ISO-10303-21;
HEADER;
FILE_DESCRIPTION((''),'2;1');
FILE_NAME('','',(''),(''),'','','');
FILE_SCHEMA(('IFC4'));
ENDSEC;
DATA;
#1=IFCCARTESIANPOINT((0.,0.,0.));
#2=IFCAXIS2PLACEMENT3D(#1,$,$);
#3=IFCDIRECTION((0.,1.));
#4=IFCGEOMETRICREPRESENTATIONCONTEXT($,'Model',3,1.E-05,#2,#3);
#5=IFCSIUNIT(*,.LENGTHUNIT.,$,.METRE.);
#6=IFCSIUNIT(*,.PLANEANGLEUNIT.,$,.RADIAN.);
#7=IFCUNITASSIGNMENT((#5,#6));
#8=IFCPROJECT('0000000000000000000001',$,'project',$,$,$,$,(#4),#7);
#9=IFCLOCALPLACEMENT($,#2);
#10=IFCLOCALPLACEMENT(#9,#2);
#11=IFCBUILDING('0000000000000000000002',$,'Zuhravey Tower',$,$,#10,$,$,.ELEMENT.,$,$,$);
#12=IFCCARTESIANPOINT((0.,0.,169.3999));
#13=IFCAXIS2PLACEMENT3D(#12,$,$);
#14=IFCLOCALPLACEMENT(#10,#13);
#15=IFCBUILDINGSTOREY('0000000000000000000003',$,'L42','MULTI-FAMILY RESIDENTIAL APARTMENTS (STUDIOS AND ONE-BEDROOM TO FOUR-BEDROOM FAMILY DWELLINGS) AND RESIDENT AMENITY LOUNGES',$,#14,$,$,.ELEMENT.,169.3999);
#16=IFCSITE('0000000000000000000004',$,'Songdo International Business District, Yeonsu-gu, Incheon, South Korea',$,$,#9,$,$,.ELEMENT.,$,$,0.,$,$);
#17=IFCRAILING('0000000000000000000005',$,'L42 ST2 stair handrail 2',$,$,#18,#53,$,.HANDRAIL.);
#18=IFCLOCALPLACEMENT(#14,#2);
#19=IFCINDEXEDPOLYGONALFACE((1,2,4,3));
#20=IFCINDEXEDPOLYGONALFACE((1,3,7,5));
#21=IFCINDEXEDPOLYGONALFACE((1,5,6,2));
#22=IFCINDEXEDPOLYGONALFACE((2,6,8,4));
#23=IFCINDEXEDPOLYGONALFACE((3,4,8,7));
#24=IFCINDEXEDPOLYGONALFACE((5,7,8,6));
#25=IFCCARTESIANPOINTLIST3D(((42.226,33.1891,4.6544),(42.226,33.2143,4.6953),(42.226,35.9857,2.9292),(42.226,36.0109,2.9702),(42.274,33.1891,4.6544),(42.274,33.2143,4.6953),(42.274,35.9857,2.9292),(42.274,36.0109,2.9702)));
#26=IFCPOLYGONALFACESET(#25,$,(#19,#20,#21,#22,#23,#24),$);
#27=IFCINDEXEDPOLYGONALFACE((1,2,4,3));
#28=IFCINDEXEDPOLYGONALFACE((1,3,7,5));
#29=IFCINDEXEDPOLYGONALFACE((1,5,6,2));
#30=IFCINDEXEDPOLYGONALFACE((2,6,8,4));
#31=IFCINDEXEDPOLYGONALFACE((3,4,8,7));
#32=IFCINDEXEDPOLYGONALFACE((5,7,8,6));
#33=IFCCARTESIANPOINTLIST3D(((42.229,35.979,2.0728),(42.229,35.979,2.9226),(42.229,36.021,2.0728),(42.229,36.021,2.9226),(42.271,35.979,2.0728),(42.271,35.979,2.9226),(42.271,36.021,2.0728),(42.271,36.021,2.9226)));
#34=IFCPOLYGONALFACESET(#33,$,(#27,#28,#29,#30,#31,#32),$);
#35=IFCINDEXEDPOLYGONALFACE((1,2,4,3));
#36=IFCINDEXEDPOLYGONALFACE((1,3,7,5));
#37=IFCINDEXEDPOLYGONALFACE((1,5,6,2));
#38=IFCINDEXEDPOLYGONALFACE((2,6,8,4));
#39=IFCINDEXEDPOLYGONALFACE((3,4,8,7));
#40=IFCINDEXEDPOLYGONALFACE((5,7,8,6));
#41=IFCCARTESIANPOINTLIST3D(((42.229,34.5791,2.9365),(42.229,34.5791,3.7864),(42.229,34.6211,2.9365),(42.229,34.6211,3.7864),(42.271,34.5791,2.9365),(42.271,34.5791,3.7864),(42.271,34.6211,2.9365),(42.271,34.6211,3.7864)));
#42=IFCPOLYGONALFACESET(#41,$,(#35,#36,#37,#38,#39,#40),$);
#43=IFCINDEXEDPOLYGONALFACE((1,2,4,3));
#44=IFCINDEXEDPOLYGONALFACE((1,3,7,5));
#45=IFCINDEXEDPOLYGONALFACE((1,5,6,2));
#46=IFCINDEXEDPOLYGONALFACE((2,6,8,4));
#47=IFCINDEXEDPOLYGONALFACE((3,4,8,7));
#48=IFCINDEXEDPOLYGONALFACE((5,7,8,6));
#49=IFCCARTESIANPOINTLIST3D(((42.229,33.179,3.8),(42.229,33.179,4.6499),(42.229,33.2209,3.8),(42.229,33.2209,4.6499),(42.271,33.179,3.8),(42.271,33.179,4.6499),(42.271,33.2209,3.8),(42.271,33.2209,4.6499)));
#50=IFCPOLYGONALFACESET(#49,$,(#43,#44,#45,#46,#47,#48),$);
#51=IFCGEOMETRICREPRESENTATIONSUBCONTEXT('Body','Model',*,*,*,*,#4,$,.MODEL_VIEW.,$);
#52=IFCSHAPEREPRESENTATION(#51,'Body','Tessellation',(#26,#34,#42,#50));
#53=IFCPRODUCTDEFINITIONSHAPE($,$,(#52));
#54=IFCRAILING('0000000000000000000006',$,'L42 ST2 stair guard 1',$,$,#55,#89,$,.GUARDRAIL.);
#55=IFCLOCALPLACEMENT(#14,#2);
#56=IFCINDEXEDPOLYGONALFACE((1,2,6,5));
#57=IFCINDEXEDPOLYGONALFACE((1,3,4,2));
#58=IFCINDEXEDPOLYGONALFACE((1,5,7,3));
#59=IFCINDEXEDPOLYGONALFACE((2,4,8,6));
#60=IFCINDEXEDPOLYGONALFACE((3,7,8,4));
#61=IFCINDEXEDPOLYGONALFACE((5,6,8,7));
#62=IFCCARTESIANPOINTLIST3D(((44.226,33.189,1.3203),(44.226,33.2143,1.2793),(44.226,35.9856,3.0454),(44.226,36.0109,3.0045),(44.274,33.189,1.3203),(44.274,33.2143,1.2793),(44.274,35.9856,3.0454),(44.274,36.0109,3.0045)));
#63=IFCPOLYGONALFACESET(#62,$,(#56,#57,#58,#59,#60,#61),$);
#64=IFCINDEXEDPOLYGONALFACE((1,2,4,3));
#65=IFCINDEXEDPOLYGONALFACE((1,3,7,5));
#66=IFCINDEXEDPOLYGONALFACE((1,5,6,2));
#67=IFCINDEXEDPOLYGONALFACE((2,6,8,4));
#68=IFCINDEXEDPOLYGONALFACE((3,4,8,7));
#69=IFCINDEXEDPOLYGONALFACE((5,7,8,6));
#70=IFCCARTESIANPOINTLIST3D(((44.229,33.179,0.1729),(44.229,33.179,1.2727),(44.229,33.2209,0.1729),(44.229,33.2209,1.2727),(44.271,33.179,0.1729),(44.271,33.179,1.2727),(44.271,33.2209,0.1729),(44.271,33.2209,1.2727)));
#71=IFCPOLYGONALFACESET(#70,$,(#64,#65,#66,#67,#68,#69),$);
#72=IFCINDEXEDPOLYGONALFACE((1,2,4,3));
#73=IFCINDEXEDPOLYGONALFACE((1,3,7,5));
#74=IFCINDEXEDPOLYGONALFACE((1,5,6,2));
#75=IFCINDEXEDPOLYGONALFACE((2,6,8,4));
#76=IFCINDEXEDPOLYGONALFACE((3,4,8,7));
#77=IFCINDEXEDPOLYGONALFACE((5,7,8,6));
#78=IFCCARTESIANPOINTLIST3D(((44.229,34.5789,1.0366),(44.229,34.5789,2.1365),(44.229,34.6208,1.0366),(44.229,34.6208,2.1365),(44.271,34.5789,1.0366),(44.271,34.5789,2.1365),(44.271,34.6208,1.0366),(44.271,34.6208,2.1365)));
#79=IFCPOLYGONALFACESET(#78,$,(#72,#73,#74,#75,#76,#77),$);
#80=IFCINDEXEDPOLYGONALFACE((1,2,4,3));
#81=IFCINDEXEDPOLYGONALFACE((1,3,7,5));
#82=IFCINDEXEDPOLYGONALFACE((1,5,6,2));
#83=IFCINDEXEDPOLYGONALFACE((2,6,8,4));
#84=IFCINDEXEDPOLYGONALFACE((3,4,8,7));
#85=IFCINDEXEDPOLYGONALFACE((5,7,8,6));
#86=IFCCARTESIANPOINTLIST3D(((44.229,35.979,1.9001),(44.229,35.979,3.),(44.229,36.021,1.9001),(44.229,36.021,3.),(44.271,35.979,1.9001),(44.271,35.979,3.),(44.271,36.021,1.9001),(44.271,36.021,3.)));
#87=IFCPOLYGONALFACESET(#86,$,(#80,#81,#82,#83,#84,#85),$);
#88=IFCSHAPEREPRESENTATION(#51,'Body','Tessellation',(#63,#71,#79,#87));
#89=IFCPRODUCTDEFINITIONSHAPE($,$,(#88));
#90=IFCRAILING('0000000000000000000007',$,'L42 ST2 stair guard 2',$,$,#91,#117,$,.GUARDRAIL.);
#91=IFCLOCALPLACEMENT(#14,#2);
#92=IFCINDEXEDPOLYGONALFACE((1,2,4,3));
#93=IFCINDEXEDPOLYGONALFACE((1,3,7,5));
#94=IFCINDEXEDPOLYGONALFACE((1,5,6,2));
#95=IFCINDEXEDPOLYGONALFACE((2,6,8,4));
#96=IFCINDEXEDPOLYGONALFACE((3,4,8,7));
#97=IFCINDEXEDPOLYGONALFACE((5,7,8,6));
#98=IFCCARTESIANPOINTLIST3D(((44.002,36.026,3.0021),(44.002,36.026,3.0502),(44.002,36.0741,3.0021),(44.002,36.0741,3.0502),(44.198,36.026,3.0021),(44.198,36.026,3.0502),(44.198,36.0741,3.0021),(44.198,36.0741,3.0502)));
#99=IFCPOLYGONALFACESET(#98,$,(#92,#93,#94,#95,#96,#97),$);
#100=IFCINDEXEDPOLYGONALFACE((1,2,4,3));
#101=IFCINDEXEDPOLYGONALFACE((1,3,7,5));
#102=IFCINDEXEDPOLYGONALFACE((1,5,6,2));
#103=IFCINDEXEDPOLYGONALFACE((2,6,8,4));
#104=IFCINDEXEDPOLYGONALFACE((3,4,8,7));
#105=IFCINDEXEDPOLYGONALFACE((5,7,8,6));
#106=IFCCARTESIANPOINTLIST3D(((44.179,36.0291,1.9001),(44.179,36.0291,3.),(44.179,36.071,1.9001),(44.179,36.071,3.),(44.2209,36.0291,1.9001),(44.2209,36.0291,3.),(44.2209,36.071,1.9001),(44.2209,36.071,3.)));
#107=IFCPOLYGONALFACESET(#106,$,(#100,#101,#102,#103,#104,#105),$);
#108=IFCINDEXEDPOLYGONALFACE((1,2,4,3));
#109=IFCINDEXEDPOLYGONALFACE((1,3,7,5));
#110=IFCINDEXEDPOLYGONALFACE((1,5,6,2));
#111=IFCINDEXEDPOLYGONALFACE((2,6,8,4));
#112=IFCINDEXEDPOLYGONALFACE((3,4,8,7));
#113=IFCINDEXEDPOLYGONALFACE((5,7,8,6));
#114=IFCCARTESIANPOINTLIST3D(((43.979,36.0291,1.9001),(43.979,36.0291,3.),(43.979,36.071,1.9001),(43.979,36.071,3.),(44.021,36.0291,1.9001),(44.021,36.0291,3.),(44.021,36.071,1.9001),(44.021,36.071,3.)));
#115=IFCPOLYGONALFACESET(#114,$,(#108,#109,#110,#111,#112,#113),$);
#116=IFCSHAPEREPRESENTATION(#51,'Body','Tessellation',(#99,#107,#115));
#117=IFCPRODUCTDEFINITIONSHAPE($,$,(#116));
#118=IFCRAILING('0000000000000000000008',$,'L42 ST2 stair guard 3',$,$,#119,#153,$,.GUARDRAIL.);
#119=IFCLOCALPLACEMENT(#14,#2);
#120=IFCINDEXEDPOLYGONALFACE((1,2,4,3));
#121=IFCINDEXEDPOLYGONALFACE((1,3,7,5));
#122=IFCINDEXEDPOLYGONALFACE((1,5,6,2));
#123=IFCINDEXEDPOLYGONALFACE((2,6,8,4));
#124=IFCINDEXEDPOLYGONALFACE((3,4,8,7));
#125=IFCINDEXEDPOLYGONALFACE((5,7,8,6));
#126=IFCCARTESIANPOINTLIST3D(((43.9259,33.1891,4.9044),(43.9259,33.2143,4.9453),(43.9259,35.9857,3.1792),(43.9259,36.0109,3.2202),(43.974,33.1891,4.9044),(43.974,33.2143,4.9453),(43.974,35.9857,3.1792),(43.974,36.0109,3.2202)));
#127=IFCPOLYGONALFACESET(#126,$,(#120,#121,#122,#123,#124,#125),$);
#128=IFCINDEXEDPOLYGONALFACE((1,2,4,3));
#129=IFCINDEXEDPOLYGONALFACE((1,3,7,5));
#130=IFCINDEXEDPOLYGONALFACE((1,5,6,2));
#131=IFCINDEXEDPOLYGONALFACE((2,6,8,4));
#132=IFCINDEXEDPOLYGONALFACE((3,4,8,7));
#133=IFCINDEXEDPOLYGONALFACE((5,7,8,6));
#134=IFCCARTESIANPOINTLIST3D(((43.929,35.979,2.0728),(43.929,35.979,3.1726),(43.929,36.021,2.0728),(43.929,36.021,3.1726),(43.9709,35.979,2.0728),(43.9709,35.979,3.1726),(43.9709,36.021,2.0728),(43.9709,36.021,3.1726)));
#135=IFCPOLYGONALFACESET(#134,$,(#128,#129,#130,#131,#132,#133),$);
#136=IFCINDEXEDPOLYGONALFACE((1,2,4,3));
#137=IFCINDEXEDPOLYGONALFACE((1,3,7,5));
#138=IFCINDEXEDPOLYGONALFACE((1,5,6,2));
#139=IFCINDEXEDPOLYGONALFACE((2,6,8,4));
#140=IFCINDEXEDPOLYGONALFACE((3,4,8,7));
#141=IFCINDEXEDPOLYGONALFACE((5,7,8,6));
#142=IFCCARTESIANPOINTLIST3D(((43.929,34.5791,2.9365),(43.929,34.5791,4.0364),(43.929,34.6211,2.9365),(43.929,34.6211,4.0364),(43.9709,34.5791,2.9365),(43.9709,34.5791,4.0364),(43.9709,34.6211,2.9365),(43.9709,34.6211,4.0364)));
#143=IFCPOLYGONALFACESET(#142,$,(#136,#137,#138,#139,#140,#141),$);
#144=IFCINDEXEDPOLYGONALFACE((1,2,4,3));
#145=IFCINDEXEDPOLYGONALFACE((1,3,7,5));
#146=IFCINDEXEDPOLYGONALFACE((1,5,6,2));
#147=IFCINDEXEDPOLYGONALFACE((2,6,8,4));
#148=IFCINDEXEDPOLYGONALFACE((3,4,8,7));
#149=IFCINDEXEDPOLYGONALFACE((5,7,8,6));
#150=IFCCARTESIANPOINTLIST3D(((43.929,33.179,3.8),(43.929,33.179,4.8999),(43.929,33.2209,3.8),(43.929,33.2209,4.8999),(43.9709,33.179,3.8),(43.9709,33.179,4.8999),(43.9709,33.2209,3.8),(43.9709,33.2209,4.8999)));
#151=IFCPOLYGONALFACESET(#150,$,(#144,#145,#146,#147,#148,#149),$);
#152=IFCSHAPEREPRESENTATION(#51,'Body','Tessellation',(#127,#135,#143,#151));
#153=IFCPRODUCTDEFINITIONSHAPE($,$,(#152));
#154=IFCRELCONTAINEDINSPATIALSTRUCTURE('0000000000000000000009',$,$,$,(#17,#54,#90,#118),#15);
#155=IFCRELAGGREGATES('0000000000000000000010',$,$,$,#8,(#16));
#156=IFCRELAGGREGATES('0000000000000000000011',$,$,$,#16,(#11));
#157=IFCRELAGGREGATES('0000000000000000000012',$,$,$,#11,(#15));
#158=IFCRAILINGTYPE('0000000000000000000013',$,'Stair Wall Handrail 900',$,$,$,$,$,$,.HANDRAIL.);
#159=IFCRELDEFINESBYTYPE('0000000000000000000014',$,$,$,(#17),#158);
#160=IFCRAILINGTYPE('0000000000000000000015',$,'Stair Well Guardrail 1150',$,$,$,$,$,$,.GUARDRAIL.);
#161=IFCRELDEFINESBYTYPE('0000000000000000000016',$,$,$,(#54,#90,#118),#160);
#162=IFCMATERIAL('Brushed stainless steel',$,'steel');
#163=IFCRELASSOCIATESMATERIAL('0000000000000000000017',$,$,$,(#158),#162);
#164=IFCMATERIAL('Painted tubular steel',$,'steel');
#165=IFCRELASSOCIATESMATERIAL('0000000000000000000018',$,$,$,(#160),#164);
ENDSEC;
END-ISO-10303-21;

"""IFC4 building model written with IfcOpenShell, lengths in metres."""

from ifc_helpers import new_model, si_unit, direction, frame, origin, origin_2d, place, context, subcontext, project, spatial, rectangle, extrude, material, type_object, element, save


model = new_model("IFC4")

# Units and contexts
model_context = context("Model", 3, precision=1e-05, world=origin(), true_north=direction((0.0, 1.0)))
body_context = subcontext(model_context, "Body", "Model", "MODEL_VIEW")
ifc_project = project(units=[si_unit("LENGTHUNIT", "METRE"), si_unit("PLANEANGLEUNIT", "RADIAN")], contexts=[model_context])

# Site, building, storey
site_placement = place(None, origin())
site = spatial("IfcSite", under=ifc_project, at=site_placement, Name="Songdo International Business District, Yeonsu-gu, Incheon, South Korea", CompositionType="ELEMENT", RefElevation=0.0)
building_placement = place(site_placement, origin())
building = spatial("IfcBuilding", under=site, at=building_placement, Name="Zuhravey Tower", CompositionType="ELEMENT")
storey_placement = place(building_placement, frame((0.0, 0.0, 169.3999)))
storey = spatial("IfcBuildingStorey", under=building, at=storey_placement, Name="L42", Description="MULTI-FAMILY RESIDENTIAL APARTMENTS (STUDIOS AND ONE-BEDROOM TO FOUR-BEDROOM FAMILY DWELLINGS) AND RESIDENT AMENITY LOUNGES", CompositionType="ELEMENT", Elevation=169.3999)

# Railings
ifc_material_1 = material(Name="Brushed stainless steel", Category="steel")
railing_type_1 = type_object("IfcRailingType", Name="Stair Wall Handrail 900", PredefinedType="HANDRAIL", material=ifc_material_1)
railing_1_placement = place(storey_placement, frame((42.25, 36.0, 2.0728)))
element("IfcRailing", 1, at=railing_1_placement, inside=storey, type_object=railing_type_1, Name="L42 ST2 stair handrail 2", PredefinedType="HANDRAIL", context=body_context, shape_type="SweptSolid", body=[
    extrude(rectangle(XDim=0.0481, YDim=0.0481, at=origin_2d()), frame((0.0, -0.0017, 0.877), z_axis=(0.0, -0.85109, 0.52502), x_axis=(1.0, 0.0, 0.0)), (0.0, 0.0, 1.0), 3.2859),
    extrude(rectangle(XDim=0.042, YDim=0.042, at=origin_2d()), origin(), (0.0, 0.0, 1.0), 0.8499),
    extrude(rectangle(XDim=0.042, YDim=0.042, at=origin_2d()), frame((0.0, -1.3999, 0.8638)), (0.0, 0.0, 1.0), 0.8499),
    extrude(rectangle(XDim=0.042, YDim=0.042, at=origin_2d()), frame((0.0, -2.8, 1.7273)), (0.0, 0.0, 1.0), 0.8499),
])
ifc_material_2 = material(Name="Painted tubular steel", Category="steel")
railing_type_2 = type_object("IfcRailingType", Name="Stair Well Guardrail 1150", PredefinedType="GUARDRAIL", material=ifc_material_2)
railing_2_placement = place(storey_placement, frame((44.25, 33.2, 0.1729)))
element("IfcRailing", 2, at=railing_2_placement, inside=storey, type_object=railing_type_2, Name="L42 ST2 stair guard 1", PredefinedType="GUARDRAIL", context=body_context, shape_type="SweptSolid", body=[
    extrude(rectangle(XDim=0.0481, YDim=0.0481, at=origin_2d()), frame((0.0, 0.0017, 1.127), z_axis=(0.0, 0.85109, 0.52502), x_axis=(-1.0, 0.0, 0.0)), (0.0, 0.0, 1.0), 3.2859),
    extrude(rectangle(XDim=0.042, YDim=0.042, at=origin_2d()), origin(), (0.0, 0.0, 1.0), 1.0999),
    extrude(rectangle(XDim=0.042, YDim=0.042, at=origin_2d()), frame((0.0, 1.3999, 0.8638)), (0.0, 0.0, 1.0), 1.0999),
    extrude(rectangle(XDim=0.042, YDim=0.042, at=origin_2d()), frame((0.0, 2.8, 1.7273)), (0.0, 0.0, 1.0), 1.0999),
])
railing_3_placement = place(storey_placement, frame((44.2, 36.05, 1.9001)))
element("IfcRailing", 3, at=railing_3_placement, inside=storey, type_object=railing_type_2, Name="L42 ST2 stair guard 2", PredefinedType="GUARDRAIL", context=body_context, shape_type="SweptSolid", body=[
    extrude(rectangle(XDim=0.0481, YDim=0.0481, at=origin_2d()), frame((-0.002, 0.0, 1.126), z_axis=(-1.0, 0.0, 0.0), x_axis=(0.0, -1.0, 0.0)), (0.0, 0.0, 1.0), 0.196),
    extrude(rectangle(XDim=0.042, YDim=0.042, at=origin_2d()), origin(), (0.0, 0.0, 1.0), 1.0999),
    extrude(rectangle(XDim=0.042, YDim=0.042, at=origin_2d()), frame((-0.2, 0.0, 0.0)), (0.0, 0.0, 1.0), 1.0999),
])
railing_4_placement = place(storey_placement, frame((43.95, 36.0, 2.0728)))
element("IfcRailing", 4, at=railing_4_placement, inside=storey, type_object=railing_type_2, Name="L42 ST2 stair guard 3", PredefinedType="GUARDRAIL", context=body_context, shape_type="SweptSolid", body=[
    extrude(rectangle(XDim=0.0481, YDim=0.0481, at=origin_2d()), frame((0.0, -0.0017, 1.127), z_axis=(0.0, -0.85109, 0.52502), x_axis=(1.0, 0.0, 0.0)), (0.0, 0.0, 1.0), 3.2859),
    extrude(rectangle(XDim=0.042, YDim=0.042, at=origin_2d()), origin(), (0.0, 0.0, 1.0), 1.0999),
    extrude(rectangle(XDim=0.042, YDim=0.042, at=origin_2d()), frame((0.0, -1.3999, 0.8638)), (0.0, 0.0, 1.0), 1.0999),
    extrude(rectangle(XDim=0.042, YDim=0.042, at=origin_2d()), frame((0.0, -2.8, 1.7273)), (0.0, 0.0, 1.0), 1.0999),
])

save(model, "model.ifc")
